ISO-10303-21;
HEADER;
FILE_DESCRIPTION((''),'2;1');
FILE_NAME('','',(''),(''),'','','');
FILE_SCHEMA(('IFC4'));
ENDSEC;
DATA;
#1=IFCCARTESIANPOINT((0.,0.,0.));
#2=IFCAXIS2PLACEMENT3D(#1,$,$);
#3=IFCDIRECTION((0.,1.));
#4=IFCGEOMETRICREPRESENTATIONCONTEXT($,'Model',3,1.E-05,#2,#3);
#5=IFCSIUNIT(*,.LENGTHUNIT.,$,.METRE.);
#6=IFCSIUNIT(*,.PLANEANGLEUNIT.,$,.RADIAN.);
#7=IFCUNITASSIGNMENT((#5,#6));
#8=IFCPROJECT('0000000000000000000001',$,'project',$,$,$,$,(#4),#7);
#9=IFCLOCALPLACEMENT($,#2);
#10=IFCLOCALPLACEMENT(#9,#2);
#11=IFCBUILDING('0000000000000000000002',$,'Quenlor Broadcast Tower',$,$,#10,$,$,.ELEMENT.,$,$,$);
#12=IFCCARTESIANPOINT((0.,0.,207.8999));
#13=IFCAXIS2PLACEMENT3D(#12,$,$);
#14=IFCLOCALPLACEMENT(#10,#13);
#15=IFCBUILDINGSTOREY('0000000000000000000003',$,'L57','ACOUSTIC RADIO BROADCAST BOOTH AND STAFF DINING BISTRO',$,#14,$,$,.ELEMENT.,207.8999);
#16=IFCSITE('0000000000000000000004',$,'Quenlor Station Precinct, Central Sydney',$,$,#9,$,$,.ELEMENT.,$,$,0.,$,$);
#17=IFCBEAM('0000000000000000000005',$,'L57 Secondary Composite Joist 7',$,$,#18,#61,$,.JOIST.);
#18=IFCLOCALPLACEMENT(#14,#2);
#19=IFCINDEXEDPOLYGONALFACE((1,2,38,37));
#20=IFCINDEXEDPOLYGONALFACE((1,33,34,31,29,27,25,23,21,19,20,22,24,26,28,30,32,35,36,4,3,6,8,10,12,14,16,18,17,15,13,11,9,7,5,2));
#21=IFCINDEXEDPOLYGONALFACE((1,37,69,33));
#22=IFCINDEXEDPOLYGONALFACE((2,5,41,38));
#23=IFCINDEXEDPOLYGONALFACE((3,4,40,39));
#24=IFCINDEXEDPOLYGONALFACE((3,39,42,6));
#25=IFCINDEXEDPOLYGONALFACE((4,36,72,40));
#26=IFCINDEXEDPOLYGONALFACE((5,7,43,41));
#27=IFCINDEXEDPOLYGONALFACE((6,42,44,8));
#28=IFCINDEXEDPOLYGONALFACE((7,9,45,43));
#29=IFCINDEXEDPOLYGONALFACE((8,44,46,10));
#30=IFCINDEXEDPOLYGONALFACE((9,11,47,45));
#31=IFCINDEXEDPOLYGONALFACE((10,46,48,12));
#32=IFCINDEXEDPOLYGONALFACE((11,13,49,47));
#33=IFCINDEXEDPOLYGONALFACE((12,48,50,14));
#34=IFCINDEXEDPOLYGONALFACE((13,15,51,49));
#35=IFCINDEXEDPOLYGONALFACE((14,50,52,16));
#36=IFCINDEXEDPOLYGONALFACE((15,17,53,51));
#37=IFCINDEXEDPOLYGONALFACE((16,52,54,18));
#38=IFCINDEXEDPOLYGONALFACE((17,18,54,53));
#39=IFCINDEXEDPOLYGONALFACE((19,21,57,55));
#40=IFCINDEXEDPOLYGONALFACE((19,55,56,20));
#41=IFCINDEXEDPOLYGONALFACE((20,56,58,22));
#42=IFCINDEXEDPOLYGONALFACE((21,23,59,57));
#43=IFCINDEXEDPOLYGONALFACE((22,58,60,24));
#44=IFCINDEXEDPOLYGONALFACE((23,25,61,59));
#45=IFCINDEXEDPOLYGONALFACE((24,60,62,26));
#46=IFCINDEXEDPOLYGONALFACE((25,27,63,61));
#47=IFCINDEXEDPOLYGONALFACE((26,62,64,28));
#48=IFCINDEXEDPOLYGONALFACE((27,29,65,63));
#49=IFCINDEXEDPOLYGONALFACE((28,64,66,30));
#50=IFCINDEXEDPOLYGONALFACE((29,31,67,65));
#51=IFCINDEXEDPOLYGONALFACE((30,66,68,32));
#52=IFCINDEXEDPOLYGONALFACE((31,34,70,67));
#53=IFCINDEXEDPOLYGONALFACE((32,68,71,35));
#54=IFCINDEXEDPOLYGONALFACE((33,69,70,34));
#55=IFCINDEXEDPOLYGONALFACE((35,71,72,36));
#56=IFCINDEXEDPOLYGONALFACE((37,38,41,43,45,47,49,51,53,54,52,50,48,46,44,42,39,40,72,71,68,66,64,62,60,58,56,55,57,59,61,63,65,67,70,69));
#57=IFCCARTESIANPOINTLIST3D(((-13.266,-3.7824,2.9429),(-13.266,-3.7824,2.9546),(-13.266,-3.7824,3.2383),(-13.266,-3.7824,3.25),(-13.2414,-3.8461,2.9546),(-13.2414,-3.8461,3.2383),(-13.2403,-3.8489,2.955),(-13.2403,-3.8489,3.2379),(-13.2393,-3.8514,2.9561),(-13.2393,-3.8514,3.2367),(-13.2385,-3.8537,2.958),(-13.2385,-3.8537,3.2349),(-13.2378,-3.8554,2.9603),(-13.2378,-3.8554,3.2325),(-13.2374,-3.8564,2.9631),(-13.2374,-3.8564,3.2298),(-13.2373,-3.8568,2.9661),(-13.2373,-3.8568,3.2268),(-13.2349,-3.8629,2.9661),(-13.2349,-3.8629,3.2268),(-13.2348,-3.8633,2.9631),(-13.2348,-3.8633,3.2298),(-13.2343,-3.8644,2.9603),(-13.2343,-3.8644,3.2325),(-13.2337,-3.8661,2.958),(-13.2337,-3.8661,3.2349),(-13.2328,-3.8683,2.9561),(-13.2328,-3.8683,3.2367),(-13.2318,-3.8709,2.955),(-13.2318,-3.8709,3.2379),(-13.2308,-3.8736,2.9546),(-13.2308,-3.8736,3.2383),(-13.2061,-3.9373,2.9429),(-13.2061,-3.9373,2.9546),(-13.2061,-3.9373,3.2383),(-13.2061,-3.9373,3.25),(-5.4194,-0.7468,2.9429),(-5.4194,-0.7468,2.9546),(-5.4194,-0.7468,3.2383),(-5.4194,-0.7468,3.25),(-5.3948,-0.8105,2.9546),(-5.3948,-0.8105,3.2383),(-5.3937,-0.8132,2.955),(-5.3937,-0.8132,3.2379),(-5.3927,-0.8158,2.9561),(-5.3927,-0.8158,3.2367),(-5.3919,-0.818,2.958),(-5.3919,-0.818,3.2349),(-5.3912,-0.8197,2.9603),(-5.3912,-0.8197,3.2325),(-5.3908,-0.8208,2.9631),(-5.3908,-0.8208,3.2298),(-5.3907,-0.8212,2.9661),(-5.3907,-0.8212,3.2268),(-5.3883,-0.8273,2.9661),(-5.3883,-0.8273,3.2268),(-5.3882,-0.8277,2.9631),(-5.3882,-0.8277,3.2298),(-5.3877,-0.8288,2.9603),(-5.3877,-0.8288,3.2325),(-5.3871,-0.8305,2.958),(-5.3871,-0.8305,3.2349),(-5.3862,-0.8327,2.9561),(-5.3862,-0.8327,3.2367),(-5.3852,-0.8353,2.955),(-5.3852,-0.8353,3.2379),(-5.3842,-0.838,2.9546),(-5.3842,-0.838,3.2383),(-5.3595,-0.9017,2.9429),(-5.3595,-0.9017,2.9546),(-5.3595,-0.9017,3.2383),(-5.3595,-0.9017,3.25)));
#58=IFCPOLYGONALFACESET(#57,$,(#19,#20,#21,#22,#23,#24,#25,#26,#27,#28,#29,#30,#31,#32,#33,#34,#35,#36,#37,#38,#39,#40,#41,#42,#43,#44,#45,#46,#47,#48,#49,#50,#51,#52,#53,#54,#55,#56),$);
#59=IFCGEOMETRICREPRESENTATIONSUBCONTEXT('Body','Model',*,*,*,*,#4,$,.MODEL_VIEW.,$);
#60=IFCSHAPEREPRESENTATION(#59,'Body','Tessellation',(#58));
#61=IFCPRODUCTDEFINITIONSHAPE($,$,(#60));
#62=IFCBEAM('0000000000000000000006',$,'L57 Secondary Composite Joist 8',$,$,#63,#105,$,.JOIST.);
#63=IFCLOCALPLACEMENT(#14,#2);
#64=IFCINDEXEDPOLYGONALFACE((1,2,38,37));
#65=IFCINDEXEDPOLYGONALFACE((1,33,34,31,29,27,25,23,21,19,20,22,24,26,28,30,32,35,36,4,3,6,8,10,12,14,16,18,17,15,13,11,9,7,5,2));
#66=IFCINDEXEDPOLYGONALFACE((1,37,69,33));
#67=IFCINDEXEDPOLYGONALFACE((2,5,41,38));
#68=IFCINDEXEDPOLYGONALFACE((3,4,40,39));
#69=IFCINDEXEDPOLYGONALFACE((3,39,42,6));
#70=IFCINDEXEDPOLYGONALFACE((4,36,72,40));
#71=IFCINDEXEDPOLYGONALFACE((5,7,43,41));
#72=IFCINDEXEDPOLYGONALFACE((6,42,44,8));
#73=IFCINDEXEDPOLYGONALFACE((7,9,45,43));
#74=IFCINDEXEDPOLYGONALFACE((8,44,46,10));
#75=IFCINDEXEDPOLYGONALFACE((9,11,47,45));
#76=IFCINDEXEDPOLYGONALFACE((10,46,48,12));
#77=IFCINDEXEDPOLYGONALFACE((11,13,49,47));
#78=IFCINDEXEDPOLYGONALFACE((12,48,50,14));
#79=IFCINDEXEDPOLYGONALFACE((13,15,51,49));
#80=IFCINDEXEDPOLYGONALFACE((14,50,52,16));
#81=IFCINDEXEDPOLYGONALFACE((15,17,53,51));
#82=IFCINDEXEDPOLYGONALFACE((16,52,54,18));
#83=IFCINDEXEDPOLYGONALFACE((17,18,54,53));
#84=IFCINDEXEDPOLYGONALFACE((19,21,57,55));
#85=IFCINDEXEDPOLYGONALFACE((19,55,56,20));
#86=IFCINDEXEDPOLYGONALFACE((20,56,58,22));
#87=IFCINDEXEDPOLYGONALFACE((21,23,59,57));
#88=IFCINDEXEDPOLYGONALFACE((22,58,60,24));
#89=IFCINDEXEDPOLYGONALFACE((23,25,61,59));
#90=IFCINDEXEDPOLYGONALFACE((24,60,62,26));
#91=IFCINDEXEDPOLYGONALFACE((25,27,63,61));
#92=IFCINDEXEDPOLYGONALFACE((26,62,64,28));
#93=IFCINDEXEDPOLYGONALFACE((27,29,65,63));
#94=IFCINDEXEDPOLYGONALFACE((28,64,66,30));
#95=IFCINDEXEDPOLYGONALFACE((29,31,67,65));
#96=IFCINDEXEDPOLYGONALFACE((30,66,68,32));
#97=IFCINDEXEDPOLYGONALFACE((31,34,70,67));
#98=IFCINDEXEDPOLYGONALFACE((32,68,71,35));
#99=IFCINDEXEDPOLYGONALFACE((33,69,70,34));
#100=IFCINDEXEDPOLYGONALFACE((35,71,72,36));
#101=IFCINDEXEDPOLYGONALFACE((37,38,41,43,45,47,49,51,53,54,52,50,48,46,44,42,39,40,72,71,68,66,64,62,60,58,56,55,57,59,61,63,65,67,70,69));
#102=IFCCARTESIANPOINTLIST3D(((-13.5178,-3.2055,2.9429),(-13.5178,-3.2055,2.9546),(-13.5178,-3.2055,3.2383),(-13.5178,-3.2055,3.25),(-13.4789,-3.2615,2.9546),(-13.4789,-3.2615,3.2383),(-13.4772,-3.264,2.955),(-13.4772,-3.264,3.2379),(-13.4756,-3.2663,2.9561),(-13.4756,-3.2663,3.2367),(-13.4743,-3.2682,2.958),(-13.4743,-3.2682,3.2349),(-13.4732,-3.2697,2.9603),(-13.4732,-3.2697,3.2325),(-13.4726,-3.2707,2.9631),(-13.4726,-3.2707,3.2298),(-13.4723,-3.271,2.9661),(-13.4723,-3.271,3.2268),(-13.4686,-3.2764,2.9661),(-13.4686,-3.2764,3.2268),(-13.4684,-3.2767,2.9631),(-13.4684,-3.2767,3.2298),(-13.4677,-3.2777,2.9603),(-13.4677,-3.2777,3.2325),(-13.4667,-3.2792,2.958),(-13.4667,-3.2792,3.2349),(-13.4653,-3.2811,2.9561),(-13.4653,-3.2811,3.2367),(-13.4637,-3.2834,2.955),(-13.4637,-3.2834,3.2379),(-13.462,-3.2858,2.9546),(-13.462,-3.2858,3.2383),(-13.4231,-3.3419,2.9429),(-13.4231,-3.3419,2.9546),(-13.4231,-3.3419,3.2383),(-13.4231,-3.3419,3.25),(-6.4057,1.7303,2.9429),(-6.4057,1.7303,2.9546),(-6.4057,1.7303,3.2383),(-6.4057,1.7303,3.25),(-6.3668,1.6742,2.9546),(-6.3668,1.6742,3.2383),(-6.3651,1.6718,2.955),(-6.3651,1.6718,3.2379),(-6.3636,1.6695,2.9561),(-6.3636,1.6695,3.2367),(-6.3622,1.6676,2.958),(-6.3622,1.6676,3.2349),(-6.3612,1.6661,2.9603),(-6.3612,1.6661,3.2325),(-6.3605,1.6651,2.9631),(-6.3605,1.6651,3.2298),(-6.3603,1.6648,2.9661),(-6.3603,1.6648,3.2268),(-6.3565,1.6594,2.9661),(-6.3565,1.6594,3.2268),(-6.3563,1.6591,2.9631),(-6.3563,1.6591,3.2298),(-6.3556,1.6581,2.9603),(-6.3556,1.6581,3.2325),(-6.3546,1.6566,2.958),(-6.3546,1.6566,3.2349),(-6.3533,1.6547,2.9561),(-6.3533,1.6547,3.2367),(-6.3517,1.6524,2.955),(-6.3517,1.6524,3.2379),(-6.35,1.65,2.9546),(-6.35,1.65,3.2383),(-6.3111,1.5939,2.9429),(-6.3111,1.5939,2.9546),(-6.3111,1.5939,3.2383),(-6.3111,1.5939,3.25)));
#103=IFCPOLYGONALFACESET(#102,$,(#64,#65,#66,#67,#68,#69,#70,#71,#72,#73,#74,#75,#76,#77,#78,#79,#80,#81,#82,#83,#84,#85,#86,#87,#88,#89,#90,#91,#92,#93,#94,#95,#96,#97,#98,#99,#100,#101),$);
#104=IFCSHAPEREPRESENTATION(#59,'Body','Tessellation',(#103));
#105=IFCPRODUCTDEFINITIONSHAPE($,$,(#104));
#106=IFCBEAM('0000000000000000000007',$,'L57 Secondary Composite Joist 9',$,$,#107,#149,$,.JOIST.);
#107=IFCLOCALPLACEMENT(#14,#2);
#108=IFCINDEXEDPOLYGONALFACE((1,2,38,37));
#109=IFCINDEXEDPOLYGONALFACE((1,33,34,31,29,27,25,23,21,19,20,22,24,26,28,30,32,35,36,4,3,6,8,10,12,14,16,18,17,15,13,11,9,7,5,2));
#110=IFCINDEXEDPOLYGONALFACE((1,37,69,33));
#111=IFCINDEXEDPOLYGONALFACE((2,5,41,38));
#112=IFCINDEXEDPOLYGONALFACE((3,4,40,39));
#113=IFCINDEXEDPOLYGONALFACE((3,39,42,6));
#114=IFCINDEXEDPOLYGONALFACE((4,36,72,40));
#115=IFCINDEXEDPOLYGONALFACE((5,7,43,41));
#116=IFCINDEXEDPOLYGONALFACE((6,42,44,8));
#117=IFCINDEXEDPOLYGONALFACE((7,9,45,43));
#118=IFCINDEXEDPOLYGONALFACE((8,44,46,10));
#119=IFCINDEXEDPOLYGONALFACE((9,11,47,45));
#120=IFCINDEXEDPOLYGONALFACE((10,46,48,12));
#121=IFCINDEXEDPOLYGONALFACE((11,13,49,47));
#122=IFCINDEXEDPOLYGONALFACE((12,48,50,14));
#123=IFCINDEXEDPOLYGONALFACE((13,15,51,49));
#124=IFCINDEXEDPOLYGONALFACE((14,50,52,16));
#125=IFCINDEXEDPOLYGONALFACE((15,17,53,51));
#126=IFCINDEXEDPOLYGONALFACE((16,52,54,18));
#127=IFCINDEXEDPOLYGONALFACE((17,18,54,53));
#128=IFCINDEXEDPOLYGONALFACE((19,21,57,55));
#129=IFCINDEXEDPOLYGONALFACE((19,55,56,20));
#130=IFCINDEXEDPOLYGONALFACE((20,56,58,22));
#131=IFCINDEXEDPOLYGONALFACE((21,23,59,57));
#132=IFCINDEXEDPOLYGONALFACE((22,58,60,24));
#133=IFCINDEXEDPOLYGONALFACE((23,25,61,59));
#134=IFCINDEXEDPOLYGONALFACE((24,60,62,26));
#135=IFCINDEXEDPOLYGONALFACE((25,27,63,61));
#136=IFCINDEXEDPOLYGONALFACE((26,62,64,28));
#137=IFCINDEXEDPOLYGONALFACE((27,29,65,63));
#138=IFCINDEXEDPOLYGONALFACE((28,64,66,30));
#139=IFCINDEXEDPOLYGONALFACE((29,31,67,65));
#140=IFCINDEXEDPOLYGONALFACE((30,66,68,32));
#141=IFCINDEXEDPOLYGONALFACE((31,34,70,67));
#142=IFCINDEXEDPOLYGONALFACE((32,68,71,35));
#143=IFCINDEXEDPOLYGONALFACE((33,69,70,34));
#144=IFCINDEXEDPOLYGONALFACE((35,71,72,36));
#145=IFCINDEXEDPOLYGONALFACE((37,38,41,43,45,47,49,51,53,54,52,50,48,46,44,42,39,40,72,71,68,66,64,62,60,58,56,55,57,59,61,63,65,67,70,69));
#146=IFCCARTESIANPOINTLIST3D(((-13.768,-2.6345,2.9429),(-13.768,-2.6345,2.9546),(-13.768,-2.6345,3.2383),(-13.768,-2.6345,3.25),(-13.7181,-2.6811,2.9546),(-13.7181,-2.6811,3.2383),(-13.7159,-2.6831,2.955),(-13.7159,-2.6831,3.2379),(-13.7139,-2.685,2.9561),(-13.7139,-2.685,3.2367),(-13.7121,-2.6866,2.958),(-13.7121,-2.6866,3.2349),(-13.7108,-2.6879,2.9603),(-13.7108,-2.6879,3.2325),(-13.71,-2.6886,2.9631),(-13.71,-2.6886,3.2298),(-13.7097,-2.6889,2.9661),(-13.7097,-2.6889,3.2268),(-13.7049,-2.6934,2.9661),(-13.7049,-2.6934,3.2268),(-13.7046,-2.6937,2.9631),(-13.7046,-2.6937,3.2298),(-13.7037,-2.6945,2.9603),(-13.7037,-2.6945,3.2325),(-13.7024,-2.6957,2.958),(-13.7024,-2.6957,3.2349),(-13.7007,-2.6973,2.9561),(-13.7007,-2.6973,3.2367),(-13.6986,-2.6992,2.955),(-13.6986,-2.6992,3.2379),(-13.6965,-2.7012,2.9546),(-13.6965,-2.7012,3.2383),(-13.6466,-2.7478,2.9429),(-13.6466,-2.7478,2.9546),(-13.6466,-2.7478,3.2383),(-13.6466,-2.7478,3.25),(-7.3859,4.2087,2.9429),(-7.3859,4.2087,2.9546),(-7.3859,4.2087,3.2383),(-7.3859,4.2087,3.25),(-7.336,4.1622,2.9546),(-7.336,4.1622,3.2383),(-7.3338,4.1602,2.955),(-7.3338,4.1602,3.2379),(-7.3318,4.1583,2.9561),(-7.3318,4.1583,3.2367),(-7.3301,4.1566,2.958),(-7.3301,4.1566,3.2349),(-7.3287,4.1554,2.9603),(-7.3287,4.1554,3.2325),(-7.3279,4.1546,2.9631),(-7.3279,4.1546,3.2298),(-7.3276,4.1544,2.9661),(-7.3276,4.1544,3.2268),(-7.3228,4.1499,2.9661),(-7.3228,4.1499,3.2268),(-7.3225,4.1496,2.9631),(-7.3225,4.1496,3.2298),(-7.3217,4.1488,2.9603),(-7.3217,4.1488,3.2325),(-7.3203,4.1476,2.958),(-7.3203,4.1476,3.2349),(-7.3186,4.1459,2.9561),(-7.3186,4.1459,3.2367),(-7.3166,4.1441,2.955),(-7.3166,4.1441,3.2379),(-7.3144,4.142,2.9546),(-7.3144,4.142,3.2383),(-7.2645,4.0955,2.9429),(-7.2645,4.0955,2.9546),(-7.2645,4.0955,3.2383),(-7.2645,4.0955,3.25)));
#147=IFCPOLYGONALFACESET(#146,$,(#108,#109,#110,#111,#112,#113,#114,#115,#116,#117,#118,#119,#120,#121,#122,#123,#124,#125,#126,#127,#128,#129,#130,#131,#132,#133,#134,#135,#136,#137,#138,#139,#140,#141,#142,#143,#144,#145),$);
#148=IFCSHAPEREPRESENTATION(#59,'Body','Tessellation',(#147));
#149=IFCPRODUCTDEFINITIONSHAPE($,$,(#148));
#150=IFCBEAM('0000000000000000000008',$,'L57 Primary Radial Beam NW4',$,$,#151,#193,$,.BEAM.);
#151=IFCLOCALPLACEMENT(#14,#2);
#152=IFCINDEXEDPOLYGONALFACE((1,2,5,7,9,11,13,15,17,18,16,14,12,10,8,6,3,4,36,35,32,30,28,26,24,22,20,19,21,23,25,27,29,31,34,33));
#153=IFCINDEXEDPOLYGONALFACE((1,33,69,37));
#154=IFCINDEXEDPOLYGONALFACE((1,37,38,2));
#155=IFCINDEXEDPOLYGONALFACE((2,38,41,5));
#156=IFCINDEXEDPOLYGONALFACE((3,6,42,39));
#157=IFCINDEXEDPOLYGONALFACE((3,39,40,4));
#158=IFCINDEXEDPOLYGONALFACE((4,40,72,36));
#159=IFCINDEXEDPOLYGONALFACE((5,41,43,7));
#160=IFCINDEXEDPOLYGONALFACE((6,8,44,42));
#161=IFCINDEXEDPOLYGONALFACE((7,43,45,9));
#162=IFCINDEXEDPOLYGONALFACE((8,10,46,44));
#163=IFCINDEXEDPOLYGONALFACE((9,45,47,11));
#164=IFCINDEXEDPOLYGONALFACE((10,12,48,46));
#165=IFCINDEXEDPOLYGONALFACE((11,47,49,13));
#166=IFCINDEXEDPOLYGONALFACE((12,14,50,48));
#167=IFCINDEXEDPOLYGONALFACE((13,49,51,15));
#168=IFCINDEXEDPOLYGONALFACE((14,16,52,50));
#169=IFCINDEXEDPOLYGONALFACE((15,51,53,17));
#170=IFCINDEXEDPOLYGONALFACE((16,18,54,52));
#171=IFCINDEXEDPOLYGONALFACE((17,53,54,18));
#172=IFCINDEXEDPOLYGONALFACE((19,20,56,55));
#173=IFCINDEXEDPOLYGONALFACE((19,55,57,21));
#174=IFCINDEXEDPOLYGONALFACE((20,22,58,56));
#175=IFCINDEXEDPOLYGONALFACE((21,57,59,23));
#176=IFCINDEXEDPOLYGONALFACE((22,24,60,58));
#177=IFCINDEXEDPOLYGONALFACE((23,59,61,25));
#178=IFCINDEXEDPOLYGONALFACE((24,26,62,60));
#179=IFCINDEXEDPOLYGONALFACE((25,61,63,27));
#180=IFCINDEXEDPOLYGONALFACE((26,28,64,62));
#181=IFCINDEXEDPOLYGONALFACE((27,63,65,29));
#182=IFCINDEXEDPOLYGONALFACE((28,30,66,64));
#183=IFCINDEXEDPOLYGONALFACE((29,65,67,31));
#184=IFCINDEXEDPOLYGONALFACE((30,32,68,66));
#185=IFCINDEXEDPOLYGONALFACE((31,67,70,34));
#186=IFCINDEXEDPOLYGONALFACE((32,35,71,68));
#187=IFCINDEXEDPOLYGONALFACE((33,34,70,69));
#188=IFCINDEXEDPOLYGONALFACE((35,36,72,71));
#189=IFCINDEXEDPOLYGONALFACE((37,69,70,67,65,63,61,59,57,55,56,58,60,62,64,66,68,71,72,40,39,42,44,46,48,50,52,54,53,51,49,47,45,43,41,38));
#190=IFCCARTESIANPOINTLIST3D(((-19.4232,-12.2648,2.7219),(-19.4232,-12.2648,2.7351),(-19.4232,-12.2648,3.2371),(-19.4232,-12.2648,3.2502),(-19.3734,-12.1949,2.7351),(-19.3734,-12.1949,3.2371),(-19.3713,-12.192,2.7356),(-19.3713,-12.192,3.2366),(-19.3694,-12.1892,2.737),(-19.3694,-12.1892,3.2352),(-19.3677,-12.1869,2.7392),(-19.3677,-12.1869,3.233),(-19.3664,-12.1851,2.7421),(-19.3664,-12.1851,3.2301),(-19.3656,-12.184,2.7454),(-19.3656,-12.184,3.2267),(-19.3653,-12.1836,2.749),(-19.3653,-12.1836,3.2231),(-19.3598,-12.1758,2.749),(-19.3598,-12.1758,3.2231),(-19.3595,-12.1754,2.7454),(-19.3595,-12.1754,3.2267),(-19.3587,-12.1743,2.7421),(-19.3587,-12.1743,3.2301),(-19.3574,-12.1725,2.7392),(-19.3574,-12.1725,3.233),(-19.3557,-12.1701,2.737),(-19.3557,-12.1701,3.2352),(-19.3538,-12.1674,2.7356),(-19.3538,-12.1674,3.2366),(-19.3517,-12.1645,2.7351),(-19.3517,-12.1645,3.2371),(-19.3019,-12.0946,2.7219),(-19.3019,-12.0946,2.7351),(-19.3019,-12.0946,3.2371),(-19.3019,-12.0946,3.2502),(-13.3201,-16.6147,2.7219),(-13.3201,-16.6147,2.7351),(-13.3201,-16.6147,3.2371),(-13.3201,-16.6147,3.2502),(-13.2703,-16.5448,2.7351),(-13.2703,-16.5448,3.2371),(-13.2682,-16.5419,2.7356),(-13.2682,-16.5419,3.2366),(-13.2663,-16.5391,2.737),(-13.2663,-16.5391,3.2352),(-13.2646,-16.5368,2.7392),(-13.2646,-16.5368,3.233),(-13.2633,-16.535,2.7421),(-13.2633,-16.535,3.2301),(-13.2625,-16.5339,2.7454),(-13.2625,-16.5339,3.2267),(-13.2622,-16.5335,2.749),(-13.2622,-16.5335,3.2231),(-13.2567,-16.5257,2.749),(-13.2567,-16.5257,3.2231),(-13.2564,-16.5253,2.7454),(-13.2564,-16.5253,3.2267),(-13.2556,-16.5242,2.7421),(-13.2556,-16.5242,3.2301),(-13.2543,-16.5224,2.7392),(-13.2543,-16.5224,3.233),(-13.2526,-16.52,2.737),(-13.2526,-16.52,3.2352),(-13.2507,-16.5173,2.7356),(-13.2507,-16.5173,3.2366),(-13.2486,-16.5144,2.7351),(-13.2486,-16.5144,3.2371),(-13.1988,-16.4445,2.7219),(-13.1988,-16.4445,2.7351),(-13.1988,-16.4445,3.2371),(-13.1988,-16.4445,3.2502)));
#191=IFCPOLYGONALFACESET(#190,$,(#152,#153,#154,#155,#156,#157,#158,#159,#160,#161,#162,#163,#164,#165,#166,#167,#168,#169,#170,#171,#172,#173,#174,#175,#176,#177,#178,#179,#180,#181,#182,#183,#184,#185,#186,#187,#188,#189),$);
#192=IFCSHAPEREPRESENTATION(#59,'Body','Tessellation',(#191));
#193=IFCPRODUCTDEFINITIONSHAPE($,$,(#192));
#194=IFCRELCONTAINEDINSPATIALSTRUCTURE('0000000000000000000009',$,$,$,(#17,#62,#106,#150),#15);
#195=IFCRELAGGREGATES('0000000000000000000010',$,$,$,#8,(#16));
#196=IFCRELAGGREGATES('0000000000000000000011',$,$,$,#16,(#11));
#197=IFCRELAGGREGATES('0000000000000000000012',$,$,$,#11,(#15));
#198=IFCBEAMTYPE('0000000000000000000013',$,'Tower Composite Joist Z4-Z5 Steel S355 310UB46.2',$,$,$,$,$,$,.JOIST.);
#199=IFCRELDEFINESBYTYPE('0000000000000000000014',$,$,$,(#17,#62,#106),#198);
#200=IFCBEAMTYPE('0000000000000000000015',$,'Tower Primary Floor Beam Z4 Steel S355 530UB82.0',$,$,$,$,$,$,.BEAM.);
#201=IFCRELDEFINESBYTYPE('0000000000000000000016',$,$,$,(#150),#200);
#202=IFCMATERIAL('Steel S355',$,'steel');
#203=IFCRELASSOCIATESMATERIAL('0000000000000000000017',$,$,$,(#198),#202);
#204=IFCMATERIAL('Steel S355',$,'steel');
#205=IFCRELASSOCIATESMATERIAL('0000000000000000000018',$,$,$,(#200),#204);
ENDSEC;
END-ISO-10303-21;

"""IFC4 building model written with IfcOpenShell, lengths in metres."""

from ifc_helpers import new_model, si_unit, direction, frame, origin, origin_2d, place, context, subcontext, project, spatial, i_section, extrude, material, material_profile, profile_set, type_object, element, save


model = new_model("IFC4")

# Units and contexts
model_context = context("Model", 3, precision=1e-05, world=origin(), true_north=direction((0.0, 1.0)))
body_context = subcontext(model_context, "Body", "Model", "MODEL_VIEW")
ifc_project = project(units=[si_unit("LENGTHUNIT", "METRE"), si_unit("PLANEANGLEUNIT", "RADIAN")], contexts=[model_context])

# Site, building, storey
site_placement = place(None, origin())
site = spatial("IfcSite", under=ifc_project, at=site_placement, Name="Quenlor Station Precinct, Central Sydney", CompositionType="ELEMENT", RefElevation=0.0)
building_placement = place(site_placement, origin())
building = spatial("IfcBuilding", under=site, at=building_placement, Name="Quenlor Broadcast Tower", CompositionType="ELEMENT")
storey_placement = place(building_placement, frame((0.0, 0.0, 207.8999)))
storey = spatial("IfcBuildingStorey", under=building, at=storey_placement, Name="L57", Description="ACOUSTIC RADIO BROADCAST BOOTH AND STAFF DINING BISTRO", CompositionType="ELEMENT", Elevation=207.8999)

# Beams
ifc_material_1 = material(Name="Steel S355", Category="steel")
ifc_material_profile_1 = material_profile(ifc_material_1, i_section(OverallWidth=0.166, OverallDepth=0.3071, WebThickness=0.0066, FlangeThickness=0.0117, FilletRadius=0.0115, at=origin_2d()))
ifc_profile_set_1 = profile_set([ifc_material_profile_1], Name="Steel S355 310UB46.2")
beam_type_1 = type_object("IfcBeamType", Name="Tower Composite Joist Z4-Z5 Steel S355 310UB46.2", PredefinedType="JOIST", material=ifc_profile_set_1)
beam_1_placement = place(storey_placement, frame((-13.2361, -3.8599, 3.0964), z_axis=(0.932639, 0.36081, 0.0), x_axis=(-0.36081, 0.932639, 0.0)))
element("IfcBeam", 1, at=beam_1_placement, inside=storey, type_object=beam_type_1, Name="L57 Secondary Composite Joist 7", PredefinedType="JOIST", context=body_context, shape_type="SweptSolid", body=[
    extrude(i_section(OverallWidth=0.166, OverallDepth=0.3071, WebThickness=0.0066, FlangeThickness=0.0117, FilletRadius=0.0115, at=origin_2d()), origin(), (0.0, 0.0, 1.0), 8.4133),
])
beam_2_placement = place(storey_placement, frame((-13.4705, -3.2737, 3.0964), z_axis=(0.82154, 0.570151, 0.0), x_axis=(-0.570151, 0.82154, 0.0)))
element("IfcBeam", 2, at=beam_2_placement, inside=storey, type_object=beam_type_1, Name="L57 Secondary Composite Joist 8", PredefinedType="JOIST", context=body_context, shape_type="SweptSolid", body=[
    extrude(i_section(OverallWidth=0.166, OverallDepth=0.3071, WebThickness=0.0066, FlangeThickness=0.0117, FilletRadius=0.0115, at=origin_2d()), origin(), (0.0, 0.0, 1.0), 8.657),
])
beam_3_placement = place(storey_placement, frame((-13.7073, -2.6912, 3.0964), z_axis=(0.682035, 0.73132, 0.0), x_axis=(-0.73132, 0.682035, 0.0)))
element("IfcBeam", 3, at=beam_3_placement, inside=storey, type_object=beam_type_1, Name="L57 Secondary Composite Joist 9", PredefinedType="JOIST", context=body_context, shape_type="SweptSolid", body=[
    extrude(i_section(OverallWidth=0.166, OverallDepth=0.3071, WebThickness=0.0066, FlangeThickness=0.0117, FilletRadius=0.0115, at=origin_2d()), origin(), (0.0, 0.0, 1.0), 9.3574),
])
ifc_material_2 = material(Name="Steel S355", Category="steel")
ifc_material_profile_2 = material_profile(ifc_material_2, i_section(OverallWidth=0.209, OverallDepth=0.5283, WebThickness=0.0095, FlangeThickness=0.0132, FilletRadius=0.0139, at=origin_2d()))
ifc_profile_set_2 = profile_set([ifc_material_profile_2], Name="Steel S355 530UB82.0")
beam_type_2 = type_object("IfcBeamType", Name="Tower Primary Floor Beam Z4 Steel S355 530UB82.0", PredefinedType="BEAM", material=ifc_profile_set_2)
beam_4_placement = place(storey_placement, frame((-19.3625, -12.1797, 2.9861), z_axis=(0.81433, -0.580403, 0.0), x_axis=(0.580403, 0.81433, 0.0)))
element("IfcBeam", 4, at=beam_4_placement, inside=storey, type_object=beam_type_2, Name="L57 Primary Radial Beam NW4", PredefinedType="BEAM", context=body_context, shape_type="SweptSolid", body=[
    extrude(i_section(OverallWidth=0.209, OverallDepth=0.5283, WebThickness=0.0095, FlangeThickness=0.0132, FilletRadius=0.0139, at=origin_2d()), origin(), (0.0, 0.0, 1.0), 7.4946),
])

save(model, "model.ifc")
